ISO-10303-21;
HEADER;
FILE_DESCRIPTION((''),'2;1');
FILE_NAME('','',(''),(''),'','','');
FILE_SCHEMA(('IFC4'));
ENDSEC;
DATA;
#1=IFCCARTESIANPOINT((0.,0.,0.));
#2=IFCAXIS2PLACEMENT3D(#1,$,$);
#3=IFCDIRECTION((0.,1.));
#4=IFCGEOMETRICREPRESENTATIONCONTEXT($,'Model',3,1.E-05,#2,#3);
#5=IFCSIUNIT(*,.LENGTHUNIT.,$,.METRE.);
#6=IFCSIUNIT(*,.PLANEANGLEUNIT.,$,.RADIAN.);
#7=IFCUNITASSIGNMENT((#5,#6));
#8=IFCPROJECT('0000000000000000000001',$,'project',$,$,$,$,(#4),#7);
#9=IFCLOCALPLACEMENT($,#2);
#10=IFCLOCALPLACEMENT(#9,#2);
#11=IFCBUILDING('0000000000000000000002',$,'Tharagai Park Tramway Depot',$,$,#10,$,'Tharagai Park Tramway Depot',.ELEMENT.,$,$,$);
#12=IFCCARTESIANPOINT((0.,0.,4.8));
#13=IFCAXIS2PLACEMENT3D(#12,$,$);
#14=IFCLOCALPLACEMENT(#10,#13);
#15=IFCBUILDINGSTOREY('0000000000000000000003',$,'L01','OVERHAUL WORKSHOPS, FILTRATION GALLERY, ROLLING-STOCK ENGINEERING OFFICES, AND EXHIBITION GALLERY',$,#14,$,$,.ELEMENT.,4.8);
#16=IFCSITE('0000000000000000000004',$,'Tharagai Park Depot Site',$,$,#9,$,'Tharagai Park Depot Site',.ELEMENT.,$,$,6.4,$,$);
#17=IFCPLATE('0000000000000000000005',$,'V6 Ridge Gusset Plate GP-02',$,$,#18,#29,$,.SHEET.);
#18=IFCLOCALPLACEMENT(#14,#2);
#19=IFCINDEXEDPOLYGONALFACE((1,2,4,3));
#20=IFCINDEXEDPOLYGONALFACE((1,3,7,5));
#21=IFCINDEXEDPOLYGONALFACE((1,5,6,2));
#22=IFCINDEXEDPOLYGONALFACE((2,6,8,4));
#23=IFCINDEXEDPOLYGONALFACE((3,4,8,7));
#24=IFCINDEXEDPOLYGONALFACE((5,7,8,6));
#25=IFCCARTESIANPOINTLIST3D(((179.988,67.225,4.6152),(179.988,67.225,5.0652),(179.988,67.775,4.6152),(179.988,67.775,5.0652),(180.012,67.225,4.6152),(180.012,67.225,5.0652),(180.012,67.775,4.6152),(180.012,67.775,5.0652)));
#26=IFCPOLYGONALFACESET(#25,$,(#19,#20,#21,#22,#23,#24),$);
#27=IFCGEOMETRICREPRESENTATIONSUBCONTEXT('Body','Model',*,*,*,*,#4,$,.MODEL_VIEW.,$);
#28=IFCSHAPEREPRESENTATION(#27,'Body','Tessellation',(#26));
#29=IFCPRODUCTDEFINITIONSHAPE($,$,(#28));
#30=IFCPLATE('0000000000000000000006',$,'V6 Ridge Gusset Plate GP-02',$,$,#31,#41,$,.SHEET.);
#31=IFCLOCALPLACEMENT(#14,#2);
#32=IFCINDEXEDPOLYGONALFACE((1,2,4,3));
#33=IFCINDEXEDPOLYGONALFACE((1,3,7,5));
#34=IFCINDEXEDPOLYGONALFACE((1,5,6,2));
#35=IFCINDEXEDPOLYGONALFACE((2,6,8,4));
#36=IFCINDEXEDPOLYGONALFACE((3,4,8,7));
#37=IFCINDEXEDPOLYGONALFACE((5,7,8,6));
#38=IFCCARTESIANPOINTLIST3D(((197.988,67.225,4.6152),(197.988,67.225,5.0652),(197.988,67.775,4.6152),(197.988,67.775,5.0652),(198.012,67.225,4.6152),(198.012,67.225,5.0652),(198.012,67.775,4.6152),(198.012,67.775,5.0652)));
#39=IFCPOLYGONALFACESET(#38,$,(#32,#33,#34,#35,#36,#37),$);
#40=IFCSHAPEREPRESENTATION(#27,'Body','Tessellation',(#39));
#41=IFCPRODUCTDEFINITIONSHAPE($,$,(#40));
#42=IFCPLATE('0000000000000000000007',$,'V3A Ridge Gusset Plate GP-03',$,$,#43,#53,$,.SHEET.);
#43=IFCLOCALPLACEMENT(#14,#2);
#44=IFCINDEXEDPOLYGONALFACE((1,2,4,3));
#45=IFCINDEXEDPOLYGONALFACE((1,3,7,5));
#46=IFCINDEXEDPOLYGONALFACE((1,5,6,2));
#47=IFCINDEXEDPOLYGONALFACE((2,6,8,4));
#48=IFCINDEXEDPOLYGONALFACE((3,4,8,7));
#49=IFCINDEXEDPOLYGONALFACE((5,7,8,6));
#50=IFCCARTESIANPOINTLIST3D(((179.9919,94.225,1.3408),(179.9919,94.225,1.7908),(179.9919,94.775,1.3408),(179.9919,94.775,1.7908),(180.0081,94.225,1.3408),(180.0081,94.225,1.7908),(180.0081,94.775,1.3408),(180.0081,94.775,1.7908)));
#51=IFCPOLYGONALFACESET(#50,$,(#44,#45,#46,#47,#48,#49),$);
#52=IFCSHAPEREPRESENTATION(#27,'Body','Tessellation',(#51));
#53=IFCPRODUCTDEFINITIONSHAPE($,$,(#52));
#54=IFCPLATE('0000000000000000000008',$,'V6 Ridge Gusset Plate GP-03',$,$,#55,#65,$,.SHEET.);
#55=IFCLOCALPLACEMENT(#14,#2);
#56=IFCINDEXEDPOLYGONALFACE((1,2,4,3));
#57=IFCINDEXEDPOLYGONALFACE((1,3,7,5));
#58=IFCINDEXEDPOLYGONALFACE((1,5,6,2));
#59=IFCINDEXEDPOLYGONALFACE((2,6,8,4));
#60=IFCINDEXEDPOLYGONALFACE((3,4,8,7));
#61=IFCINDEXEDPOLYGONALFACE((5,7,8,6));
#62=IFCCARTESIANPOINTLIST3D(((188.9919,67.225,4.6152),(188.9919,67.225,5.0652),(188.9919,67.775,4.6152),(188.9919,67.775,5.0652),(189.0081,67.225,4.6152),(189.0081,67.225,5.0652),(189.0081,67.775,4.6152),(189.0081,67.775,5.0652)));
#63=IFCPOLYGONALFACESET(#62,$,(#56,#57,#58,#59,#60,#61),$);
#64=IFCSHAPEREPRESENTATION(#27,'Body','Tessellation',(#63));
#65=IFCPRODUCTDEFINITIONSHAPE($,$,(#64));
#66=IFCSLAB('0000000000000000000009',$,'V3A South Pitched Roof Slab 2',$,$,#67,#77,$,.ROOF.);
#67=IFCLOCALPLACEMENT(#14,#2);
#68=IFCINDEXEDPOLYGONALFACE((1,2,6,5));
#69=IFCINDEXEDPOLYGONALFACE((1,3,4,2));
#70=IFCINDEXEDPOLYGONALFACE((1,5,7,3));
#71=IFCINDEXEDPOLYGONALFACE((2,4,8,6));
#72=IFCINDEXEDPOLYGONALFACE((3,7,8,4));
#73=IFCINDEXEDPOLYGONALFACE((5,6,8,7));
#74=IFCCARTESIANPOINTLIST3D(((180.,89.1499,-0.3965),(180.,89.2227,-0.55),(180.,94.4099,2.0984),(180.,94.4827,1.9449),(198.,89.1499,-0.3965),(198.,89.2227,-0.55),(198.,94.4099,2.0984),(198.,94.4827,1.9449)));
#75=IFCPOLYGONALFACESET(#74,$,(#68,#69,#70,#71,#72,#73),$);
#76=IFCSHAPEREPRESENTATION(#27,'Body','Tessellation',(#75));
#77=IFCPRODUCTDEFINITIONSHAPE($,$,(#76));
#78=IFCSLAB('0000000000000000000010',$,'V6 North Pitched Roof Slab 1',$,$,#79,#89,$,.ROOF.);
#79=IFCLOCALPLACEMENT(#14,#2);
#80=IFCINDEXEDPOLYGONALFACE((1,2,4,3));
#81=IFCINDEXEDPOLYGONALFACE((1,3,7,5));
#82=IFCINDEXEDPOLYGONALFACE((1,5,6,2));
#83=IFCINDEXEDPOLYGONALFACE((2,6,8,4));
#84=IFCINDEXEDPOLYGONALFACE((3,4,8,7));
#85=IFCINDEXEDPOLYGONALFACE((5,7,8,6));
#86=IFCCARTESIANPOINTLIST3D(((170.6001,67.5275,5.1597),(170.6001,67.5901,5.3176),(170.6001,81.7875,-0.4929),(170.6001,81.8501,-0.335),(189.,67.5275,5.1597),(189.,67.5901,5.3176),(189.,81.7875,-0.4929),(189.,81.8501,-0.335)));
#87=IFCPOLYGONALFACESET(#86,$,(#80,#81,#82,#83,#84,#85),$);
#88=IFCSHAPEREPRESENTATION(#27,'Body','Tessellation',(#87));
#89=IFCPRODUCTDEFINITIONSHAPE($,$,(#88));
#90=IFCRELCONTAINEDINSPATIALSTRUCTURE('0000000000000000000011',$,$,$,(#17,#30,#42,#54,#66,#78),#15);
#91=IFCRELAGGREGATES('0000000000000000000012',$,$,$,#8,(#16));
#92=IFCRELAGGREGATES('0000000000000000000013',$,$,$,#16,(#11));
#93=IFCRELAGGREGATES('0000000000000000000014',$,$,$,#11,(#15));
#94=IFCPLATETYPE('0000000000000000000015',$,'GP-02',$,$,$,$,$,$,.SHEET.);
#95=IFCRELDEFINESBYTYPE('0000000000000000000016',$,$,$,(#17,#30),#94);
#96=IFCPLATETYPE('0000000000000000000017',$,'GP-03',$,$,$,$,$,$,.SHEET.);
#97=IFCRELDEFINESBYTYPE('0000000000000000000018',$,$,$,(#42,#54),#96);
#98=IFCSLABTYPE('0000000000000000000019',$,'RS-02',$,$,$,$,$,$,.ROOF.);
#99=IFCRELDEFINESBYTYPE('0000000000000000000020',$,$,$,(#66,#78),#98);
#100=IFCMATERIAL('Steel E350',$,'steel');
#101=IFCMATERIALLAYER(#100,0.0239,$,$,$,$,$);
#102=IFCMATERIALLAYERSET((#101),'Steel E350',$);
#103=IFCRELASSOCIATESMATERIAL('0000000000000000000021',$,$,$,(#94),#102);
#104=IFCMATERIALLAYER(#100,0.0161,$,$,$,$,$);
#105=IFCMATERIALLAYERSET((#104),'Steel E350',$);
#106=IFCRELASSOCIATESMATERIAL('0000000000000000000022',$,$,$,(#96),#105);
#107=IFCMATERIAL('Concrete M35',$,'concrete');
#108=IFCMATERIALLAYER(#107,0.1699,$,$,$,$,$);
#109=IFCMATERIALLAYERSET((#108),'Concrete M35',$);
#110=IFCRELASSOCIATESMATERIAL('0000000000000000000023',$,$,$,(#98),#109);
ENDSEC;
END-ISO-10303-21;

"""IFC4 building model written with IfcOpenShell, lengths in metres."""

from ifc_helpers import new_model, si_unit, direction, frame, origin, origin_2d, place, context, subcontext, project, spatial, polyline, rectangle, outline, extrude, material, layer, layer_set, type_object, element, save


model = new_model("IFC4")

# Units and contexts
model_context = context("Model", 3, precision=1e-05, world=origin(), true_north=direction((0.0, 1.0)))
body_context = subcontext(model_context, "Body", "Model", "MODEL_VIEW")
ifc_project = project(units=[si_unit("LENGTHUNIT", "METRE"), si_unit("PLANEANGLEUNIT", "RADIAN")], contexts=[model_context])

# Site, building, storey
site_placement = place(None, origin())
site = spatial("IfcSite", under=ifc_project, at=site_placement, Name="Tharagai Park Depot Site", LongName="Tharagai Park Depot Site", CompositionType="ELEMENT", RefElevation=6.4)
building_placement = place(site_placement, origin())
building = spatial("IfcBuilding", under=site, at=building_placement, Name="Tharagai Park Tramway Depot", LongName="Tharagai Park Tramway Depot", CompositionType="ELEMENT")
storey_placement = place(building_placement, frame((0.0, 0.0, 4.8)))
storey = spatial("IfcBuildingStorey", under=building, at=storey_placement, Name="L01", Description="OVERHAUL WORKSHOPS, FILTRATION GALLERY, ROLLING-STOCK ENGINEERING OFFICES, AND EXHIBITION GALLERY", CompositionType="ELEMENT", Elevation=4.8)

# Shared definitions
ifc_material_1 = material(Name="Steel E350", Category="steel")

# Plates
ifc_layer_1 = layer(ifc_material_1, 0.0239)
ifc_layer_set_1 = layer_set([ifc_layer_1], Name="Steel E350")
plate_type_1 = type_object("IfcPlateType", Name="GP-02", PredefinedType="SHEET", material=ifc_layer_set_1)
for number, where, z_axis, x_axis, name in (
    (1, (180.0, 67.5, 4.6152), (0.0, 0.0, 1.0), (1.0, 0.0, 0.0), "V6 Ridge Gusset Plate GP-02"),
    (2, (198.0, 67.5, 4.6152), (0.0, 0.0, 1.0), (1.0, 0.0, 0.0), "V6 Ridge Gusset Plate GP-02"),
):
    element("IfcPlate", number, at=place(storey_placement, frame(where, z_axis=z_axis, x_axis=x_axis)), inside=storey, type_object=plate_type_1, Name=name, PredefinedType="SHEET", context=body_context, shape_type="SweptSolid", body=[
        extrude(rectangle(XDim=0.0239, YDim=0.55, at=origin_2d()), origin(), (0.0, 0.0, 1.0), 0.45),
    ])
ifc_layer_2 = layer(ifc_material_1, 0.0161)
ifc_layer_set_2 = layer_set([ifc_layer_2], Name="Steel E350")
plate_type_2 = type_object("IfcPlateType", Name="GP-03", PredefinedType="SHEET", material=ifc_layer_set_2)
for number, where, z_axis, x_axis, name in (
    (3, (180.0, 94.5, 1.3408), (0.0, 0.0, 1.0), (1.0, 0.0, 0.0), "V3A Ridge Gusset Plate GP-03"),
    (4, (189.0, 67.5, 4.6152), (0.0, 0.0, 1.0), (1.0, 0.0, 0.0), "V6 Ridge Gusset Plate GP-03"),
):
    element("IfcPlate", number, at=place(storey_placement, frame(where, z_axis=z_axis, x_axis=x_axis)), inside=storey, type_object=plate_type_2, Name=name, PredefinedType="SHEET", context=body_context, shape_type="SweptSolid", body=[
        extrude(rectangle(XDim=0.0161, YDim=0.55, at=origin_2d()), origin(), (0.0, 0.0, 1.0), 0.45),
    ])

# Slabs
ifc_material_2 = material(Name="Concrete M35", Category="concrete")
ifc_layer_3 = layer(ifc_material_2, 0.1699)
ifc_layer_set_3 = layer_set([ifc_layer_3], Name="Concrete M35")
slab_type = type_object("IfcSlabType", Name="RS-02", PredefinedType="ROOF", material=ifc_layer_set_3)
slab_1_placement = place(storey_placement, frame((180.0, 89.1499, -0.3965), z_axis=(0.0, -0.428548, 0.903519), x_axis=(1.0, 0.0, 0.0)))
element("IfcSlab", 5, at=slab_1_placement, inside=storey, type_object=slab_type, Name="V3A South Pitched Roof Slab 2", PredefinedType="ROOF", context=body_context, shape_type="SweptSolid", body=[
    extrude(outline(polyline([(0.0, 0.0), (18.0, 0.0), (18.0, 5.8217), (0.0, 5.8217), (0.0, 0.0)])), origin(), (0.0, 0.0, -1.0), 0.1699),
])
slab_2_placement = place(storey_placement, frame((189.0, 81.8501, -0.335), z_axis=(0.0, 0.368499, 0.929628), x_axis=(-1.0, 0.0, 0.0)))
element("IfcSlab", 6, at=slab_2_placement, inside=storey, type_object=slab_type, Name="V6 North Pitched Roof Slab 1", PredefinedType="ROOF", context=body_context, shape_type="SweptSolid", body=[
    extrude(outline(polyline([(0.0, 0.0), (18.3999, 0.0), (18.3999, 15.3395), (0.0, 15.3395), (0.0, 0.0)])), origin(), (0.0, 0.0, -1.0), 0.1699),
])

save(model, "model.ifc")
